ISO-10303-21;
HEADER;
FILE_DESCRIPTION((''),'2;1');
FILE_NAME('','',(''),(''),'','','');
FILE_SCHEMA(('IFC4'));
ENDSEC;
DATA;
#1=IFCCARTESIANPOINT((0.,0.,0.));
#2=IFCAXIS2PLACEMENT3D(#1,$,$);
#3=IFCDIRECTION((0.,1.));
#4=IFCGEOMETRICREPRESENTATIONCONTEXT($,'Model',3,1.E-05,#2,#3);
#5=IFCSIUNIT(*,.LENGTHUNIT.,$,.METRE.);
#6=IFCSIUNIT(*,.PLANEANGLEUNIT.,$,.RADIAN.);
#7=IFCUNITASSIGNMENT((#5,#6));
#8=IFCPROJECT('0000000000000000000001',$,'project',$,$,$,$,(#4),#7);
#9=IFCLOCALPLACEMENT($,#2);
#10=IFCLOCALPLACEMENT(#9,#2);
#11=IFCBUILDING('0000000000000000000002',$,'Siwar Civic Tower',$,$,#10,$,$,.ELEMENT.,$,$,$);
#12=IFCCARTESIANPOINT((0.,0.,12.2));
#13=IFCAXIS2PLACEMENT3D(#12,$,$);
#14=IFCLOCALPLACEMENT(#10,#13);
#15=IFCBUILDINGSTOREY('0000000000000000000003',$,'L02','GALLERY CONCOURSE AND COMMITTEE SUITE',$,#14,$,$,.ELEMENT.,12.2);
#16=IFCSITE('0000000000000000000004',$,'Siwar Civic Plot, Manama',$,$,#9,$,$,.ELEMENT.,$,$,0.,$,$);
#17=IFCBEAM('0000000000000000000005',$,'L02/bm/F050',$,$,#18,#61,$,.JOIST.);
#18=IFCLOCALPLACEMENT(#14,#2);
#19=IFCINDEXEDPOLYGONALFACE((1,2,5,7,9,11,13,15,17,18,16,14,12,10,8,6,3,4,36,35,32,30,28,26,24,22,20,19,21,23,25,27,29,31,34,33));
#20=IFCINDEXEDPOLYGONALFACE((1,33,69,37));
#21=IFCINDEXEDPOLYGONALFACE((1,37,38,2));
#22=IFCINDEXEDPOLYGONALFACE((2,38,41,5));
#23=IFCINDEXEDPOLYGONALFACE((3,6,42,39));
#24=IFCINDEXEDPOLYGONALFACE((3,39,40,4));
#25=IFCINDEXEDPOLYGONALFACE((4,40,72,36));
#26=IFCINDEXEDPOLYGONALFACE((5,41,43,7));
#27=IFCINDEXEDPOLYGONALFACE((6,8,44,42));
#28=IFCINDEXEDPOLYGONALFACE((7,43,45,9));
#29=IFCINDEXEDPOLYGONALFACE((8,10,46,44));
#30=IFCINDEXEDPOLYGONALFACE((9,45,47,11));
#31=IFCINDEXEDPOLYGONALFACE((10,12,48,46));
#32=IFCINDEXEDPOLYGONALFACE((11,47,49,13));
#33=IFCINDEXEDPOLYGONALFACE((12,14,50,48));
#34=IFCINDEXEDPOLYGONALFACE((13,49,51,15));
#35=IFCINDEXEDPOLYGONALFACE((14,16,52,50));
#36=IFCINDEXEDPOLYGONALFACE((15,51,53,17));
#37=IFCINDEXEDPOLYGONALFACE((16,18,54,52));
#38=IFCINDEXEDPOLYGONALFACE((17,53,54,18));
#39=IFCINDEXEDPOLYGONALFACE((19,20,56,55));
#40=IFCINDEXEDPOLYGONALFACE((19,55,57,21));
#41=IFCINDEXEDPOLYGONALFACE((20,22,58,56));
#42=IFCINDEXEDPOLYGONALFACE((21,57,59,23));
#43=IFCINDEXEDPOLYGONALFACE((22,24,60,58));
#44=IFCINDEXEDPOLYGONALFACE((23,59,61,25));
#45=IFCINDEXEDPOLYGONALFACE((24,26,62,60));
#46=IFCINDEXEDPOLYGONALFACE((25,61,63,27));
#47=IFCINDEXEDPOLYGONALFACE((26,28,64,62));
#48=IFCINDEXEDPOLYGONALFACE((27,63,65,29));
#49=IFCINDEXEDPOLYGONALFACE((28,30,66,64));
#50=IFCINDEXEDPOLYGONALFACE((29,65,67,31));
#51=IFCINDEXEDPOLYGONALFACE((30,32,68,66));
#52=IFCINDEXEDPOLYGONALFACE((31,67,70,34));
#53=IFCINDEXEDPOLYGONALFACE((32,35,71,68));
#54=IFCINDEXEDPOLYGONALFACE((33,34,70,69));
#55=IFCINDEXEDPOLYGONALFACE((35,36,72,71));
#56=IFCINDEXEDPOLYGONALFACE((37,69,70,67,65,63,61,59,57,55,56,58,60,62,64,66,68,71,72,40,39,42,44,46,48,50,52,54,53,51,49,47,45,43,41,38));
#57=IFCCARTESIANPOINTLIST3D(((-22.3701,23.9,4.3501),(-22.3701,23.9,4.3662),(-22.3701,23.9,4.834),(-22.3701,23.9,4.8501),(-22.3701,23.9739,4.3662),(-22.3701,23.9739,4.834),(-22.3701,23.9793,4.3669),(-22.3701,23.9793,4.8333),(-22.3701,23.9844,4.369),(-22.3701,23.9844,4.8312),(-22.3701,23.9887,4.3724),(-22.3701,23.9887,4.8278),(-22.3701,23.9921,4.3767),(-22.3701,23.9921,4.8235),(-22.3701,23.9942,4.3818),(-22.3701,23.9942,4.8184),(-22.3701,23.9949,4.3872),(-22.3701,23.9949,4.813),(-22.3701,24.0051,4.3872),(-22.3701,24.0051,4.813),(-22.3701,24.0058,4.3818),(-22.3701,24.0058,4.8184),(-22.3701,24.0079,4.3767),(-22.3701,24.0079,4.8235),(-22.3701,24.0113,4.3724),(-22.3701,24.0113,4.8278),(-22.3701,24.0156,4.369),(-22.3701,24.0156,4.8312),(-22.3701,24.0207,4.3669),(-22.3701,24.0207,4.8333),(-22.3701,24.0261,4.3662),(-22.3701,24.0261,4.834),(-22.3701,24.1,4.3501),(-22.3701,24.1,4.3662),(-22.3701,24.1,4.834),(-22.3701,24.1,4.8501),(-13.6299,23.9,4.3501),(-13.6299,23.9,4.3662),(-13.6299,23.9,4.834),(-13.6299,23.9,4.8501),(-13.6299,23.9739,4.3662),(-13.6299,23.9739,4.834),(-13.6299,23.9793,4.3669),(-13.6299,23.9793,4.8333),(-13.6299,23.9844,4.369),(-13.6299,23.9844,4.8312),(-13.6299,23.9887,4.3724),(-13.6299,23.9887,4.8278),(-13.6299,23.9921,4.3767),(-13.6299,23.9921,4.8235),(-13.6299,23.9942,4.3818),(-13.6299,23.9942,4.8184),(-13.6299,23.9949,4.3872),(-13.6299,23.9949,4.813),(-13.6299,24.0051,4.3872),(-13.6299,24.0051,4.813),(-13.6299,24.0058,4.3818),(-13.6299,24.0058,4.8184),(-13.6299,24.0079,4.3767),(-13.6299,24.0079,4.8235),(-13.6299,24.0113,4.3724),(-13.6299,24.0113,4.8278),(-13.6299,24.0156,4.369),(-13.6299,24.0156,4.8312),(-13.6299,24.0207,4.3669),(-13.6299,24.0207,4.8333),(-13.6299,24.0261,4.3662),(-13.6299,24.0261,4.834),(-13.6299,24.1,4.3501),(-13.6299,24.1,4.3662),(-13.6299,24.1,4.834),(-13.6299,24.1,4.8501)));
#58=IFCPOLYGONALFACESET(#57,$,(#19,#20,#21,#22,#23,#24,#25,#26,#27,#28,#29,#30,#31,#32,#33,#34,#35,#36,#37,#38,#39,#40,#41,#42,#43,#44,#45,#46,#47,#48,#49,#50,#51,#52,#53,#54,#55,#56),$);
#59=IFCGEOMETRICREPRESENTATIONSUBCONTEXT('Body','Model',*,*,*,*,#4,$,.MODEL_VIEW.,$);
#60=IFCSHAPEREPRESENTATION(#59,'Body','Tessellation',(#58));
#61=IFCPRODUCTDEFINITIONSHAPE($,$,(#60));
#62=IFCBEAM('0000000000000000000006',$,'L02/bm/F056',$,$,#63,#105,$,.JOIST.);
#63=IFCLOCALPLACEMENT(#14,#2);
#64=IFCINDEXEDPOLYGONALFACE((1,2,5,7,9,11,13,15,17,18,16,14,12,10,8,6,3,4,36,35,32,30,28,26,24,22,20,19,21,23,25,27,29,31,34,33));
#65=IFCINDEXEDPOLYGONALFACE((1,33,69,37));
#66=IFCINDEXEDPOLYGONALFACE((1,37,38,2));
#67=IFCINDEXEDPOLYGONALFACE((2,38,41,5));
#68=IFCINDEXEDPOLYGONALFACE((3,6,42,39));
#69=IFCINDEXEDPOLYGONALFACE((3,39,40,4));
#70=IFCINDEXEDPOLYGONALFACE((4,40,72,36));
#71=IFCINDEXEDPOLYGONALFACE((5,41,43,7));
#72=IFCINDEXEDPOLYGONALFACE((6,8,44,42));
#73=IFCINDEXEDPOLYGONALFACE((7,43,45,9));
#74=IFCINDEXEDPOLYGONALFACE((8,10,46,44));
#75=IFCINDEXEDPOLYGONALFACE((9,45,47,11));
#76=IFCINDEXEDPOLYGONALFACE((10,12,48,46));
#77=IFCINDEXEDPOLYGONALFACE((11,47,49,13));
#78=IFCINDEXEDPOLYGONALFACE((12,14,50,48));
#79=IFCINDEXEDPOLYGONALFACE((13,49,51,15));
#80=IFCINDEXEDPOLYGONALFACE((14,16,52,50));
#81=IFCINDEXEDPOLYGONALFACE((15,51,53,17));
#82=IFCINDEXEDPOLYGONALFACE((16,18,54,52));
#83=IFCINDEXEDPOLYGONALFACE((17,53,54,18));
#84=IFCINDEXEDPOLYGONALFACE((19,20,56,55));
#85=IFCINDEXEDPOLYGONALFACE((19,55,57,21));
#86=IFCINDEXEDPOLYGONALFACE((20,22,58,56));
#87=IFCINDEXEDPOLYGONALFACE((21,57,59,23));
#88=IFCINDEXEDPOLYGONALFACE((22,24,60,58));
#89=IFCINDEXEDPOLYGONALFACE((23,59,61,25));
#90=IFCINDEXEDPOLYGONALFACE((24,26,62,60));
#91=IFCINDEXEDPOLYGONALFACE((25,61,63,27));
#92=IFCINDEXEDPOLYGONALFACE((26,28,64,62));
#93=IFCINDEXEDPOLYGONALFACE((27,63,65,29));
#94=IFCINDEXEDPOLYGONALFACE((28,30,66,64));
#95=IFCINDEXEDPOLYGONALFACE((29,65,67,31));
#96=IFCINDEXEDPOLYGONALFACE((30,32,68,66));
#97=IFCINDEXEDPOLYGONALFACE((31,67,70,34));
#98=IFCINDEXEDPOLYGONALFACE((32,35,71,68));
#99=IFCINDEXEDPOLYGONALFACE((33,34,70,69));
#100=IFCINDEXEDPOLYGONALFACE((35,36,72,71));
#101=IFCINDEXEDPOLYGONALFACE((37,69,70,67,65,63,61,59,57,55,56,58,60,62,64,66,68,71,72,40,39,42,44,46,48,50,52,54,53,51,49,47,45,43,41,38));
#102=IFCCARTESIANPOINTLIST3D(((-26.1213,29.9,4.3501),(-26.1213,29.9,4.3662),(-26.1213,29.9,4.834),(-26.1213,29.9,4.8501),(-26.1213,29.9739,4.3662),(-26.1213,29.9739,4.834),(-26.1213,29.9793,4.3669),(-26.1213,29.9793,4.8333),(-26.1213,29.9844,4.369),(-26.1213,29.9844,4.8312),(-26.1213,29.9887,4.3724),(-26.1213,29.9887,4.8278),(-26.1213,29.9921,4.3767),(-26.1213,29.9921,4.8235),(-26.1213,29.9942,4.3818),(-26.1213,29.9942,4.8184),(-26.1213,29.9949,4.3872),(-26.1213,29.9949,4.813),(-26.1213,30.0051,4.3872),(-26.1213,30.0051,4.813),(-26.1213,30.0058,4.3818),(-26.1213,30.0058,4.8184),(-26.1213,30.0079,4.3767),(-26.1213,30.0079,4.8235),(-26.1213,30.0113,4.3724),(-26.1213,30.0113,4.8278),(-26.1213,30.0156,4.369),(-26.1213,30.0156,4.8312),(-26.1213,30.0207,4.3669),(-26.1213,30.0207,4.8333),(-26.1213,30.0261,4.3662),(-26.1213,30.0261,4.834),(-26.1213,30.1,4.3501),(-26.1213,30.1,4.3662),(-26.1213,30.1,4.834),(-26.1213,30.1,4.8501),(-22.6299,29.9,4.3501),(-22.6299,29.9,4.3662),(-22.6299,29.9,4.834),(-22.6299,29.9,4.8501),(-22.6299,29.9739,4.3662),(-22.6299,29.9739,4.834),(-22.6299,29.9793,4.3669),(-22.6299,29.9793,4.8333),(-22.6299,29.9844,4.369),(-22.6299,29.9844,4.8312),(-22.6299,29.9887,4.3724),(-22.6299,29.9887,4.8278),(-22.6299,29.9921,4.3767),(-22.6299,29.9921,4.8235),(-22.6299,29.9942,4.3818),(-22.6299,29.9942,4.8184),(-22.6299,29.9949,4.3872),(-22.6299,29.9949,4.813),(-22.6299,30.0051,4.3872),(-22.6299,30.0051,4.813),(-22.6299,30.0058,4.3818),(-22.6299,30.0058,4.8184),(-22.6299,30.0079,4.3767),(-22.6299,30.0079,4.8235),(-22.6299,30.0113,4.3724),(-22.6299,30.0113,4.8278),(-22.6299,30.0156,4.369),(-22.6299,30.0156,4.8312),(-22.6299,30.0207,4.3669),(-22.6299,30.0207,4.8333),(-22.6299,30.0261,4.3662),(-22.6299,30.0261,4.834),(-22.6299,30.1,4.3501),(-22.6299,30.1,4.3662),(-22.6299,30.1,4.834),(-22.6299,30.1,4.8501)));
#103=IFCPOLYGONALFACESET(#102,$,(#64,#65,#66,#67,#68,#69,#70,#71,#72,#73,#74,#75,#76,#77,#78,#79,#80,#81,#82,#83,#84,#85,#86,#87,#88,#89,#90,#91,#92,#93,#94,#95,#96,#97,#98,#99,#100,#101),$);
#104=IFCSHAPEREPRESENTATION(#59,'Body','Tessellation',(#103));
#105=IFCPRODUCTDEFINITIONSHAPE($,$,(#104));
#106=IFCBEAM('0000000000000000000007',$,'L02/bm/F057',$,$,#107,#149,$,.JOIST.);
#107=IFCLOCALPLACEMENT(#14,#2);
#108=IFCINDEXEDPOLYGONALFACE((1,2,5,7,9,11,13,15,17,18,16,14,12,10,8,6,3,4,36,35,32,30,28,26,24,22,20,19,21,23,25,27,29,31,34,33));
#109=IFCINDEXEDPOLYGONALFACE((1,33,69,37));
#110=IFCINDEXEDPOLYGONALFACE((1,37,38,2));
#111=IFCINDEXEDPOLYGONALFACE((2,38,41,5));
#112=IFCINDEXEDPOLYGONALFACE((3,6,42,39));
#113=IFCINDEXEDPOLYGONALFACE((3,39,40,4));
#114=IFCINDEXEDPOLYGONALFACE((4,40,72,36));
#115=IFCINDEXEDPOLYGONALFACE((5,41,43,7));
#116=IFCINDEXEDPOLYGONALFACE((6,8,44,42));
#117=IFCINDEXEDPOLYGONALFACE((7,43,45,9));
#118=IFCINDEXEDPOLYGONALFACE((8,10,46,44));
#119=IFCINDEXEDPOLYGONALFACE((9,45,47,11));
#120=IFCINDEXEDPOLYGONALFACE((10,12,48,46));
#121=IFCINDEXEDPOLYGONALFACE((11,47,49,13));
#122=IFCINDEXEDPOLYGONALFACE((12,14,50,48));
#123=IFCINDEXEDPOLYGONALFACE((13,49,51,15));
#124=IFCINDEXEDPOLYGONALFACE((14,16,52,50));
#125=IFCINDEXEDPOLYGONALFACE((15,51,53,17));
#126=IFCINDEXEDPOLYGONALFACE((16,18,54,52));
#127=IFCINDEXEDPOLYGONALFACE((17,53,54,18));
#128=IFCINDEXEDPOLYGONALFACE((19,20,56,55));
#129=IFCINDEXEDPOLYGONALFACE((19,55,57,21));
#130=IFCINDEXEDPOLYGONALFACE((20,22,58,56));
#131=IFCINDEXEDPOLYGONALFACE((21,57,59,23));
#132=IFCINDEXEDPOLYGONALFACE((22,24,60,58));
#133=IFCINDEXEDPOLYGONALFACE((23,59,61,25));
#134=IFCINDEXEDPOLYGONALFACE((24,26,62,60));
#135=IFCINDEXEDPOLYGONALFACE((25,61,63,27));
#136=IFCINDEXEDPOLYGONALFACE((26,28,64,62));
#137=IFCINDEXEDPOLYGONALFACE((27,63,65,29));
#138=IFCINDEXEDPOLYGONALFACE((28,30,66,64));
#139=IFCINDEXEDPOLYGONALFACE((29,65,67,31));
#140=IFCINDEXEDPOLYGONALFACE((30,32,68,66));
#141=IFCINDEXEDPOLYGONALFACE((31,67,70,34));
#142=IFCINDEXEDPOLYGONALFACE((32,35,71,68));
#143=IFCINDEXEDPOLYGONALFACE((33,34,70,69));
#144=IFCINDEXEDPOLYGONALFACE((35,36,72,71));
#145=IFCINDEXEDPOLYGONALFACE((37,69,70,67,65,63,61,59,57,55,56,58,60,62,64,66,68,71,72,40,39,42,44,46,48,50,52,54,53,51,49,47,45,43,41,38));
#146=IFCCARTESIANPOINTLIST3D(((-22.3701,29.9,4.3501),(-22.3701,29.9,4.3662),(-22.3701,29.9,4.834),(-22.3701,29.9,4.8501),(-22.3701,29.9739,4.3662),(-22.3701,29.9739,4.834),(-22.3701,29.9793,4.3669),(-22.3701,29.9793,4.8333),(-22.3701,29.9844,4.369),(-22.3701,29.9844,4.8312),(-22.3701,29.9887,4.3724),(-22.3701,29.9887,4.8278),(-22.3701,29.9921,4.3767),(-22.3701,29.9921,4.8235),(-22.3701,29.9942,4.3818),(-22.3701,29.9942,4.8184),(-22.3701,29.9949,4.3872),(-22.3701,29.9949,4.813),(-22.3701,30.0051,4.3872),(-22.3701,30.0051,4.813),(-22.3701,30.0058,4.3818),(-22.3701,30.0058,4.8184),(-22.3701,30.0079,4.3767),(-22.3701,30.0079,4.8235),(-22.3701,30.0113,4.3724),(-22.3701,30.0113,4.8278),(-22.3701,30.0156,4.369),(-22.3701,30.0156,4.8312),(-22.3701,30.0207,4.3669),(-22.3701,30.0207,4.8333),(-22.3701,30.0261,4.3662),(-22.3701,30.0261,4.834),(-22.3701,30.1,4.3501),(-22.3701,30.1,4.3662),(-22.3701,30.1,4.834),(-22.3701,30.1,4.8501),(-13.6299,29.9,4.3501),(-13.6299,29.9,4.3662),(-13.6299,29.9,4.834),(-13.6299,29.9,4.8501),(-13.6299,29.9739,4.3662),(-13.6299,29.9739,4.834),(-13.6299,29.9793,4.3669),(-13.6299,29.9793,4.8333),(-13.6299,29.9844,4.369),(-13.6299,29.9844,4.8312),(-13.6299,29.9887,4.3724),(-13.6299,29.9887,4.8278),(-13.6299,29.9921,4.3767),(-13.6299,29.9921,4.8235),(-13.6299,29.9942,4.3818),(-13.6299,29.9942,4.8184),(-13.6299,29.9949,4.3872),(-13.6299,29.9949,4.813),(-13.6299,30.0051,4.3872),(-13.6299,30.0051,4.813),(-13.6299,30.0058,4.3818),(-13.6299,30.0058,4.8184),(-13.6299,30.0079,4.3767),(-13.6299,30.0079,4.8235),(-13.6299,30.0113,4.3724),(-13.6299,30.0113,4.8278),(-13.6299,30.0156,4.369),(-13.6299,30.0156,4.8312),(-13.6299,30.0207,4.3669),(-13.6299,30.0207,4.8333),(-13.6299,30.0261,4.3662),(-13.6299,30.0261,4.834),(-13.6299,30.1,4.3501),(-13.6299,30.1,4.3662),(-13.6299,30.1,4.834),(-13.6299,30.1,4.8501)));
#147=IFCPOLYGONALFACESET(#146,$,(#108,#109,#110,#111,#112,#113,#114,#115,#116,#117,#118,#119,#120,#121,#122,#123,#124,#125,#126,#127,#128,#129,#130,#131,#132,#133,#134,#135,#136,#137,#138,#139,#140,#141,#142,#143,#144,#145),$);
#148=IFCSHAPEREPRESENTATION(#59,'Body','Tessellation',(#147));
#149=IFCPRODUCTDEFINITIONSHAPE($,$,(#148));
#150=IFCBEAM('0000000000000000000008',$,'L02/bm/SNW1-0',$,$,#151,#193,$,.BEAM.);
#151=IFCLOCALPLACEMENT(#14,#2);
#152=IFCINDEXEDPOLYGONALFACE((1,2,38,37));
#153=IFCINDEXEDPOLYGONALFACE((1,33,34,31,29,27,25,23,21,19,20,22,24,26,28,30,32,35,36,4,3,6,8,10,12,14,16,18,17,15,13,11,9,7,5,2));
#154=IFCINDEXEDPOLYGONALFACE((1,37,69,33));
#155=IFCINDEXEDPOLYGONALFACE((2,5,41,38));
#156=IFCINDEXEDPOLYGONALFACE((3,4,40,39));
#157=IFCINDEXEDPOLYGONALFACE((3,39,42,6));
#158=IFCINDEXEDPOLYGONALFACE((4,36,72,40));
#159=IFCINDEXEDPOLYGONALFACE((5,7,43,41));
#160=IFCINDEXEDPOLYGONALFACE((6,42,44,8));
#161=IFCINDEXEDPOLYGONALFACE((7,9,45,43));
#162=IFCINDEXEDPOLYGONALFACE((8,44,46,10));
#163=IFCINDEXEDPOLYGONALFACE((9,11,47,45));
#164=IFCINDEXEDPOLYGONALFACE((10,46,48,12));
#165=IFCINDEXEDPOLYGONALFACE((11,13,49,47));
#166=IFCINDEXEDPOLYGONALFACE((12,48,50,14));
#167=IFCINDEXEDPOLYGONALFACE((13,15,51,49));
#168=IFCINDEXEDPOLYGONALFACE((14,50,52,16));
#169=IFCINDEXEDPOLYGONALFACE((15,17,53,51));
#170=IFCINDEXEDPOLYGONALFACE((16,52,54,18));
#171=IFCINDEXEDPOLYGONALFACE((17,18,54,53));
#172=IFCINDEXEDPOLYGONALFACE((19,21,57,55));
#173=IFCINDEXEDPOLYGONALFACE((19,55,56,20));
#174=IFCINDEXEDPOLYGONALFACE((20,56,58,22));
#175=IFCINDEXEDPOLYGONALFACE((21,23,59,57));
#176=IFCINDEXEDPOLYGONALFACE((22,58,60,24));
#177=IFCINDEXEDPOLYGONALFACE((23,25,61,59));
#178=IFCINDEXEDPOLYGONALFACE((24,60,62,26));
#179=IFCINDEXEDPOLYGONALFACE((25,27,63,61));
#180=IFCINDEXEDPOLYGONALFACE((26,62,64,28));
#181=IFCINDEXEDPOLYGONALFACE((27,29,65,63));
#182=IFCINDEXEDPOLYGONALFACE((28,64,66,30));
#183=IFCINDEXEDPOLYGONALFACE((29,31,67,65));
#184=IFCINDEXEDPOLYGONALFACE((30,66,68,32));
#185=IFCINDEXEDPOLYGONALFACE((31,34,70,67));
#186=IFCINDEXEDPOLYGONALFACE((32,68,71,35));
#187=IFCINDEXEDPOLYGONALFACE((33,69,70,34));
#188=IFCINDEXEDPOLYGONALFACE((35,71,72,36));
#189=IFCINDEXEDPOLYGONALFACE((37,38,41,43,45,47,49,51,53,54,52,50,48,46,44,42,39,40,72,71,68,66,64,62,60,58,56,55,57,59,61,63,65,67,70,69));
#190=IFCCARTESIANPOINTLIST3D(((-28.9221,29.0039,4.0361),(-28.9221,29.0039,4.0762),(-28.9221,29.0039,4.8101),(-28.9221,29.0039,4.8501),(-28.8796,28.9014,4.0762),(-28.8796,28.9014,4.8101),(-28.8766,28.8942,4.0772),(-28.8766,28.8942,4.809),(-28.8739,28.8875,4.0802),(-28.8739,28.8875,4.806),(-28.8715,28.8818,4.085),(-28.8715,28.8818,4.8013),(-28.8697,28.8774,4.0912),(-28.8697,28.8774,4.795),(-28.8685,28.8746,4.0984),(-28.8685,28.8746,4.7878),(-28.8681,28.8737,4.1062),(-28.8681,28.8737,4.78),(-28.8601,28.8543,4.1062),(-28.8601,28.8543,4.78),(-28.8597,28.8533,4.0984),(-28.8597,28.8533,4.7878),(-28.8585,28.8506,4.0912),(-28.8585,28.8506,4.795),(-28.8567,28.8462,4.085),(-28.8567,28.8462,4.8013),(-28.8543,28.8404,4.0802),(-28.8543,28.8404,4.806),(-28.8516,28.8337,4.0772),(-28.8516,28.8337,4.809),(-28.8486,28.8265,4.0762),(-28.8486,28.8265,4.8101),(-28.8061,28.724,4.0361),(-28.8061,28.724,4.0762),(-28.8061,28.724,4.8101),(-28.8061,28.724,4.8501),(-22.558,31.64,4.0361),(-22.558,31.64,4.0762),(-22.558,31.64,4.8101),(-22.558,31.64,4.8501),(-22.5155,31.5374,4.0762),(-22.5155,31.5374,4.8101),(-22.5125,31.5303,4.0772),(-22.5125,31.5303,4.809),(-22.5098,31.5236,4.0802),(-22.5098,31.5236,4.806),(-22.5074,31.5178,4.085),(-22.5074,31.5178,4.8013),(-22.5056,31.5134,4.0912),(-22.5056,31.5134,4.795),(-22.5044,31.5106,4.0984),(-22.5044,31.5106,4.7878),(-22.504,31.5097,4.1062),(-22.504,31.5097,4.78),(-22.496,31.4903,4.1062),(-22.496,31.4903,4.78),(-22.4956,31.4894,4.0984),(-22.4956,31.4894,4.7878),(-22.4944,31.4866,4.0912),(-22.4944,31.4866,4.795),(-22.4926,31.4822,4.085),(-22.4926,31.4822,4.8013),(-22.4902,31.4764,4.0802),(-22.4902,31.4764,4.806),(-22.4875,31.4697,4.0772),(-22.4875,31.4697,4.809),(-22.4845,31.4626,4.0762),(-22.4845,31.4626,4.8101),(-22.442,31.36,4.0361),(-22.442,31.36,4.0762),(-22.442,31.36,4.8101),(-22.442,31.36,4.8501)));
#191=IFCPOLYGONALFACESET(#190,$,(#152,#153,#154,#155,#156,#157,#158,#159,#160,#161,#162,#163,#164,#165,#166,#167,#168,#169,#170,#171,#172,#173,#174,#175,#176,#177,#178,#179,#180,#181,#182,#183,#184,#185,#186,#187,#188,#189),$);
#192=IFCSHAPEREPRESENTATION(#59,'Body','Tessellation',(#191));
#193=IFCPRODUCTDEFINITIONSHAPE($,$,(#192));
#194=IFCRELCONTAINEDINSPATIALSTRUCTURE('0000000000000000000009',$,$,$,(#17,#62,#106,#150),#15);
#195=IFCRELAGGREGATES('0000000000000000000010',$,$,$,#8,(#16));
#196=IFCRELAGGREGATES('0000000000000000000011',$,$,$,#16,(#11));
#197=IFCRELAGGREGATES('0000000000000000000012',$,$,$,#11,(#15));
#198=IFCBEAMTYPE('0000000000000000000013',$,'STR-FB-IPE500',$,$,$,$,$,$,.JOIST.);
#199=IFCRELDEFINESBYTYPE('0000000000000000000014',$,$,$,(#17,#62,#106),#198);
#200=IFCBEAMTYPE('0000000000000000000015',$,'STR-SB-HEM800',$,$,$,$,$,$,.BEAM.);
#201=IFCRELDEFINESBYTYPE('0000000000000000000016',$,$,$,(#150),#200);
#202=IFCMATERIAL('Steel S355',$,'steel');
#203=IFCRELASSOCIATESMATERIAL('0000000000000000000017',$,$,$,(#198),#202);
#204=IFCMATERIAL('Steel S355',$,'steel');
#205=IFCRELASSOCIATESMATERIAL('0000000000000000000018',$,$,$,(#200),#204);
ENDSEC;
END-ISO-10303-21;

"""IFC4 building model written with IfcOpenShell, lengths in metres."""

from ifc_helpers import new_model, si_unit, direction, frame, origin, origin_2d, place, context, subcontext, project, spatial, i_section, extrude, material, material_profile, profile_set, type_object, element, save


model = new_model("IFC4")

# Units and contexts
model_context = context("Model", 3, precision=1e-05, world=origin(), true_north=direction((0.0, 1.0)))
body_context = subcontext(model_context, "Body", "Model", "MODEL_VIEW")
ifc_project = project(units=[si_unit("LENGTHUNIT", "METRE"), si_unit("PLANEANGLEUNIT", "RADIAN")], contexts=[model_context])

# Site, building, storey
site_placement = place(None, origin())
site = spatial("IfcSite", under=ifc_project, at=site_placement, Name="Siwar Civic Plot, Manama", CompositionType="ELEMENT", RefElevation=0.0)
building_placement = place(site_placement, origin())
building = spatial("IfcBuilding", under=site, at=building_placement, Name="Siwar Civic Tower", CompositionType="ELEMENT")
storey_placement = place(building_placement, frame((0.0, 0.0, 12.2)))
storey = spatial("IfcBuildingStorey", under=building, at=storey_placement, Name="L02", Description="GALLERY CONCOURSE AND COMMITTEE SUITE", CompositionType="ELEMENT", Elevation=12.2)

# Beams
ifc_material_1 = material(Name="Steel S355", Category="steel")
ifc_material_profile_1 = material_profile(ifc_material_1, i_section(OverallWidth=0.2, OverallDepth=0.5, WebThickness=0.0103, FlangeThickness=0.0161, FilletRadius=0.021, at=origin_2d()), Name="IPE500")
ifc_profile_set_1 = profile_set([ifc_material_profile_1], Name="Steel S355")
beam_type_1 = type_object("IfcBeamType", Name="STR-FB-IPE500", PredefinedType="JOIST", material=ifc_profile_set_1)
beam_1_placement = place(storey_placement, frame((-22.3701, 24.0, 4.6001), z_axis=(1.0, 0.0, 0.0), x_axis=(0.0, 1.0, 0.0)))
element("IfcBeam", 1, at=beam_1_placement, inside=storey, type_object=beam_type_1, Name="L02/bm/F050", PredefinedType="JOIST", context=body_context, shape_type="SweptSolid", body=[
    extrude(i_section(OverallWidth=0.2, OverallDepth=0.5, WebThickness=0.0103, FlangeThickness=0.0161, FilletRadius=0.021, at=origin_2d()), origin(), (0.0, 0.0, 1.0), 8.7402),
])
beam_2_placement = place(storey_placement, frame((-26.1213, 30.0, 4.6001), z_axis=(1.0, 0.0, 0.0), x_axis=(0.0, 1.0, 0.0)))
element("IfcBeam", 2, at=beam_2_placement, inside=storey, type_object=beam_type_1, Name="L02/bm/F056", PredefinedType="JOIST", context=body_context, shape_type="SweptSolid", body=[
    extrude(i_section(OverallWidth=0.2, OverallDepth=0.5, WebThickness=0.0103, FlangeThickness=0.0161, FilletRadius=0.021, at=origin_2d()), origin(), (0.0, 0.0, 1.0), 3.4915),
])
beam_3_placement = place(storey_placement, frame((-22.3701, 30.0, 4.6001), z_axis=(1.0, 0.0, 0.0), x_axis=(0.0, 1.0, 0.0)))
element("IfcBeam", 3, at=beam_3_placement, inside=storey, type_object=beam_type_1, Name="L02/bm/F057", PredefinedType="JOIST", context=body_context, shape_type="SweptSolid", body=[
    extrude(i_section(OverallWidth=0.2, OverallDepth=0.5, WebThickness=0.0103, FlangeThickness=0.0161, FilletRadius=0.021, at=origin_2d()), origin(), (0.0, 0.0, 1.0), 8.7402),
])
ifc_material_2 = material(Name="Steel S355", Category="steel")
ifc_material_profile_2 = material_profile(ifc_material_2, i_section(OverallWidth=0.303, OverallDepth=0.814, WebThickness=0.021, FlangeThickness=0.04, FilletRadius=0.03, at=origin_2d()), Name="HEM800")
ifc_profile_set_2 = profile_set([ifc_material_profile_2], Name="Steel S355")
beam_type_2 = type_object("IfcBeamType", Name="STR-SB-HEM800", PredefinedType="BEAM", material=ifc_profile_set_2)
for number, where, z_axis, x_axis, name in (
    (4, (-22.5, 31.5, 4.4431), (-0.923883, -0.382674, 0.0), (0.382674, -0.923883, 0.0), "L02/bm/SNW1-0"),
):
    element("IfcBeam", number, at=place(storey_placement, frame(where, z_axis=z_axis, x_axis=x_axis)), inside=storey, type_object=beam_type_2, Name=name, PredefinedType="BEAM", context=body_context, shape_type="SweptSolid", body=[
        extrude(i_section(OverallWidth=0.303, OverallDepth=0.814, WebThickness=0.021, FlangeThickness=0.04, FilletRadius=0.03, at=origin_2d()), origin(), (0.0, 0.0, 1.0), 6.8884),
    ])

save(model, "model.ifc")
